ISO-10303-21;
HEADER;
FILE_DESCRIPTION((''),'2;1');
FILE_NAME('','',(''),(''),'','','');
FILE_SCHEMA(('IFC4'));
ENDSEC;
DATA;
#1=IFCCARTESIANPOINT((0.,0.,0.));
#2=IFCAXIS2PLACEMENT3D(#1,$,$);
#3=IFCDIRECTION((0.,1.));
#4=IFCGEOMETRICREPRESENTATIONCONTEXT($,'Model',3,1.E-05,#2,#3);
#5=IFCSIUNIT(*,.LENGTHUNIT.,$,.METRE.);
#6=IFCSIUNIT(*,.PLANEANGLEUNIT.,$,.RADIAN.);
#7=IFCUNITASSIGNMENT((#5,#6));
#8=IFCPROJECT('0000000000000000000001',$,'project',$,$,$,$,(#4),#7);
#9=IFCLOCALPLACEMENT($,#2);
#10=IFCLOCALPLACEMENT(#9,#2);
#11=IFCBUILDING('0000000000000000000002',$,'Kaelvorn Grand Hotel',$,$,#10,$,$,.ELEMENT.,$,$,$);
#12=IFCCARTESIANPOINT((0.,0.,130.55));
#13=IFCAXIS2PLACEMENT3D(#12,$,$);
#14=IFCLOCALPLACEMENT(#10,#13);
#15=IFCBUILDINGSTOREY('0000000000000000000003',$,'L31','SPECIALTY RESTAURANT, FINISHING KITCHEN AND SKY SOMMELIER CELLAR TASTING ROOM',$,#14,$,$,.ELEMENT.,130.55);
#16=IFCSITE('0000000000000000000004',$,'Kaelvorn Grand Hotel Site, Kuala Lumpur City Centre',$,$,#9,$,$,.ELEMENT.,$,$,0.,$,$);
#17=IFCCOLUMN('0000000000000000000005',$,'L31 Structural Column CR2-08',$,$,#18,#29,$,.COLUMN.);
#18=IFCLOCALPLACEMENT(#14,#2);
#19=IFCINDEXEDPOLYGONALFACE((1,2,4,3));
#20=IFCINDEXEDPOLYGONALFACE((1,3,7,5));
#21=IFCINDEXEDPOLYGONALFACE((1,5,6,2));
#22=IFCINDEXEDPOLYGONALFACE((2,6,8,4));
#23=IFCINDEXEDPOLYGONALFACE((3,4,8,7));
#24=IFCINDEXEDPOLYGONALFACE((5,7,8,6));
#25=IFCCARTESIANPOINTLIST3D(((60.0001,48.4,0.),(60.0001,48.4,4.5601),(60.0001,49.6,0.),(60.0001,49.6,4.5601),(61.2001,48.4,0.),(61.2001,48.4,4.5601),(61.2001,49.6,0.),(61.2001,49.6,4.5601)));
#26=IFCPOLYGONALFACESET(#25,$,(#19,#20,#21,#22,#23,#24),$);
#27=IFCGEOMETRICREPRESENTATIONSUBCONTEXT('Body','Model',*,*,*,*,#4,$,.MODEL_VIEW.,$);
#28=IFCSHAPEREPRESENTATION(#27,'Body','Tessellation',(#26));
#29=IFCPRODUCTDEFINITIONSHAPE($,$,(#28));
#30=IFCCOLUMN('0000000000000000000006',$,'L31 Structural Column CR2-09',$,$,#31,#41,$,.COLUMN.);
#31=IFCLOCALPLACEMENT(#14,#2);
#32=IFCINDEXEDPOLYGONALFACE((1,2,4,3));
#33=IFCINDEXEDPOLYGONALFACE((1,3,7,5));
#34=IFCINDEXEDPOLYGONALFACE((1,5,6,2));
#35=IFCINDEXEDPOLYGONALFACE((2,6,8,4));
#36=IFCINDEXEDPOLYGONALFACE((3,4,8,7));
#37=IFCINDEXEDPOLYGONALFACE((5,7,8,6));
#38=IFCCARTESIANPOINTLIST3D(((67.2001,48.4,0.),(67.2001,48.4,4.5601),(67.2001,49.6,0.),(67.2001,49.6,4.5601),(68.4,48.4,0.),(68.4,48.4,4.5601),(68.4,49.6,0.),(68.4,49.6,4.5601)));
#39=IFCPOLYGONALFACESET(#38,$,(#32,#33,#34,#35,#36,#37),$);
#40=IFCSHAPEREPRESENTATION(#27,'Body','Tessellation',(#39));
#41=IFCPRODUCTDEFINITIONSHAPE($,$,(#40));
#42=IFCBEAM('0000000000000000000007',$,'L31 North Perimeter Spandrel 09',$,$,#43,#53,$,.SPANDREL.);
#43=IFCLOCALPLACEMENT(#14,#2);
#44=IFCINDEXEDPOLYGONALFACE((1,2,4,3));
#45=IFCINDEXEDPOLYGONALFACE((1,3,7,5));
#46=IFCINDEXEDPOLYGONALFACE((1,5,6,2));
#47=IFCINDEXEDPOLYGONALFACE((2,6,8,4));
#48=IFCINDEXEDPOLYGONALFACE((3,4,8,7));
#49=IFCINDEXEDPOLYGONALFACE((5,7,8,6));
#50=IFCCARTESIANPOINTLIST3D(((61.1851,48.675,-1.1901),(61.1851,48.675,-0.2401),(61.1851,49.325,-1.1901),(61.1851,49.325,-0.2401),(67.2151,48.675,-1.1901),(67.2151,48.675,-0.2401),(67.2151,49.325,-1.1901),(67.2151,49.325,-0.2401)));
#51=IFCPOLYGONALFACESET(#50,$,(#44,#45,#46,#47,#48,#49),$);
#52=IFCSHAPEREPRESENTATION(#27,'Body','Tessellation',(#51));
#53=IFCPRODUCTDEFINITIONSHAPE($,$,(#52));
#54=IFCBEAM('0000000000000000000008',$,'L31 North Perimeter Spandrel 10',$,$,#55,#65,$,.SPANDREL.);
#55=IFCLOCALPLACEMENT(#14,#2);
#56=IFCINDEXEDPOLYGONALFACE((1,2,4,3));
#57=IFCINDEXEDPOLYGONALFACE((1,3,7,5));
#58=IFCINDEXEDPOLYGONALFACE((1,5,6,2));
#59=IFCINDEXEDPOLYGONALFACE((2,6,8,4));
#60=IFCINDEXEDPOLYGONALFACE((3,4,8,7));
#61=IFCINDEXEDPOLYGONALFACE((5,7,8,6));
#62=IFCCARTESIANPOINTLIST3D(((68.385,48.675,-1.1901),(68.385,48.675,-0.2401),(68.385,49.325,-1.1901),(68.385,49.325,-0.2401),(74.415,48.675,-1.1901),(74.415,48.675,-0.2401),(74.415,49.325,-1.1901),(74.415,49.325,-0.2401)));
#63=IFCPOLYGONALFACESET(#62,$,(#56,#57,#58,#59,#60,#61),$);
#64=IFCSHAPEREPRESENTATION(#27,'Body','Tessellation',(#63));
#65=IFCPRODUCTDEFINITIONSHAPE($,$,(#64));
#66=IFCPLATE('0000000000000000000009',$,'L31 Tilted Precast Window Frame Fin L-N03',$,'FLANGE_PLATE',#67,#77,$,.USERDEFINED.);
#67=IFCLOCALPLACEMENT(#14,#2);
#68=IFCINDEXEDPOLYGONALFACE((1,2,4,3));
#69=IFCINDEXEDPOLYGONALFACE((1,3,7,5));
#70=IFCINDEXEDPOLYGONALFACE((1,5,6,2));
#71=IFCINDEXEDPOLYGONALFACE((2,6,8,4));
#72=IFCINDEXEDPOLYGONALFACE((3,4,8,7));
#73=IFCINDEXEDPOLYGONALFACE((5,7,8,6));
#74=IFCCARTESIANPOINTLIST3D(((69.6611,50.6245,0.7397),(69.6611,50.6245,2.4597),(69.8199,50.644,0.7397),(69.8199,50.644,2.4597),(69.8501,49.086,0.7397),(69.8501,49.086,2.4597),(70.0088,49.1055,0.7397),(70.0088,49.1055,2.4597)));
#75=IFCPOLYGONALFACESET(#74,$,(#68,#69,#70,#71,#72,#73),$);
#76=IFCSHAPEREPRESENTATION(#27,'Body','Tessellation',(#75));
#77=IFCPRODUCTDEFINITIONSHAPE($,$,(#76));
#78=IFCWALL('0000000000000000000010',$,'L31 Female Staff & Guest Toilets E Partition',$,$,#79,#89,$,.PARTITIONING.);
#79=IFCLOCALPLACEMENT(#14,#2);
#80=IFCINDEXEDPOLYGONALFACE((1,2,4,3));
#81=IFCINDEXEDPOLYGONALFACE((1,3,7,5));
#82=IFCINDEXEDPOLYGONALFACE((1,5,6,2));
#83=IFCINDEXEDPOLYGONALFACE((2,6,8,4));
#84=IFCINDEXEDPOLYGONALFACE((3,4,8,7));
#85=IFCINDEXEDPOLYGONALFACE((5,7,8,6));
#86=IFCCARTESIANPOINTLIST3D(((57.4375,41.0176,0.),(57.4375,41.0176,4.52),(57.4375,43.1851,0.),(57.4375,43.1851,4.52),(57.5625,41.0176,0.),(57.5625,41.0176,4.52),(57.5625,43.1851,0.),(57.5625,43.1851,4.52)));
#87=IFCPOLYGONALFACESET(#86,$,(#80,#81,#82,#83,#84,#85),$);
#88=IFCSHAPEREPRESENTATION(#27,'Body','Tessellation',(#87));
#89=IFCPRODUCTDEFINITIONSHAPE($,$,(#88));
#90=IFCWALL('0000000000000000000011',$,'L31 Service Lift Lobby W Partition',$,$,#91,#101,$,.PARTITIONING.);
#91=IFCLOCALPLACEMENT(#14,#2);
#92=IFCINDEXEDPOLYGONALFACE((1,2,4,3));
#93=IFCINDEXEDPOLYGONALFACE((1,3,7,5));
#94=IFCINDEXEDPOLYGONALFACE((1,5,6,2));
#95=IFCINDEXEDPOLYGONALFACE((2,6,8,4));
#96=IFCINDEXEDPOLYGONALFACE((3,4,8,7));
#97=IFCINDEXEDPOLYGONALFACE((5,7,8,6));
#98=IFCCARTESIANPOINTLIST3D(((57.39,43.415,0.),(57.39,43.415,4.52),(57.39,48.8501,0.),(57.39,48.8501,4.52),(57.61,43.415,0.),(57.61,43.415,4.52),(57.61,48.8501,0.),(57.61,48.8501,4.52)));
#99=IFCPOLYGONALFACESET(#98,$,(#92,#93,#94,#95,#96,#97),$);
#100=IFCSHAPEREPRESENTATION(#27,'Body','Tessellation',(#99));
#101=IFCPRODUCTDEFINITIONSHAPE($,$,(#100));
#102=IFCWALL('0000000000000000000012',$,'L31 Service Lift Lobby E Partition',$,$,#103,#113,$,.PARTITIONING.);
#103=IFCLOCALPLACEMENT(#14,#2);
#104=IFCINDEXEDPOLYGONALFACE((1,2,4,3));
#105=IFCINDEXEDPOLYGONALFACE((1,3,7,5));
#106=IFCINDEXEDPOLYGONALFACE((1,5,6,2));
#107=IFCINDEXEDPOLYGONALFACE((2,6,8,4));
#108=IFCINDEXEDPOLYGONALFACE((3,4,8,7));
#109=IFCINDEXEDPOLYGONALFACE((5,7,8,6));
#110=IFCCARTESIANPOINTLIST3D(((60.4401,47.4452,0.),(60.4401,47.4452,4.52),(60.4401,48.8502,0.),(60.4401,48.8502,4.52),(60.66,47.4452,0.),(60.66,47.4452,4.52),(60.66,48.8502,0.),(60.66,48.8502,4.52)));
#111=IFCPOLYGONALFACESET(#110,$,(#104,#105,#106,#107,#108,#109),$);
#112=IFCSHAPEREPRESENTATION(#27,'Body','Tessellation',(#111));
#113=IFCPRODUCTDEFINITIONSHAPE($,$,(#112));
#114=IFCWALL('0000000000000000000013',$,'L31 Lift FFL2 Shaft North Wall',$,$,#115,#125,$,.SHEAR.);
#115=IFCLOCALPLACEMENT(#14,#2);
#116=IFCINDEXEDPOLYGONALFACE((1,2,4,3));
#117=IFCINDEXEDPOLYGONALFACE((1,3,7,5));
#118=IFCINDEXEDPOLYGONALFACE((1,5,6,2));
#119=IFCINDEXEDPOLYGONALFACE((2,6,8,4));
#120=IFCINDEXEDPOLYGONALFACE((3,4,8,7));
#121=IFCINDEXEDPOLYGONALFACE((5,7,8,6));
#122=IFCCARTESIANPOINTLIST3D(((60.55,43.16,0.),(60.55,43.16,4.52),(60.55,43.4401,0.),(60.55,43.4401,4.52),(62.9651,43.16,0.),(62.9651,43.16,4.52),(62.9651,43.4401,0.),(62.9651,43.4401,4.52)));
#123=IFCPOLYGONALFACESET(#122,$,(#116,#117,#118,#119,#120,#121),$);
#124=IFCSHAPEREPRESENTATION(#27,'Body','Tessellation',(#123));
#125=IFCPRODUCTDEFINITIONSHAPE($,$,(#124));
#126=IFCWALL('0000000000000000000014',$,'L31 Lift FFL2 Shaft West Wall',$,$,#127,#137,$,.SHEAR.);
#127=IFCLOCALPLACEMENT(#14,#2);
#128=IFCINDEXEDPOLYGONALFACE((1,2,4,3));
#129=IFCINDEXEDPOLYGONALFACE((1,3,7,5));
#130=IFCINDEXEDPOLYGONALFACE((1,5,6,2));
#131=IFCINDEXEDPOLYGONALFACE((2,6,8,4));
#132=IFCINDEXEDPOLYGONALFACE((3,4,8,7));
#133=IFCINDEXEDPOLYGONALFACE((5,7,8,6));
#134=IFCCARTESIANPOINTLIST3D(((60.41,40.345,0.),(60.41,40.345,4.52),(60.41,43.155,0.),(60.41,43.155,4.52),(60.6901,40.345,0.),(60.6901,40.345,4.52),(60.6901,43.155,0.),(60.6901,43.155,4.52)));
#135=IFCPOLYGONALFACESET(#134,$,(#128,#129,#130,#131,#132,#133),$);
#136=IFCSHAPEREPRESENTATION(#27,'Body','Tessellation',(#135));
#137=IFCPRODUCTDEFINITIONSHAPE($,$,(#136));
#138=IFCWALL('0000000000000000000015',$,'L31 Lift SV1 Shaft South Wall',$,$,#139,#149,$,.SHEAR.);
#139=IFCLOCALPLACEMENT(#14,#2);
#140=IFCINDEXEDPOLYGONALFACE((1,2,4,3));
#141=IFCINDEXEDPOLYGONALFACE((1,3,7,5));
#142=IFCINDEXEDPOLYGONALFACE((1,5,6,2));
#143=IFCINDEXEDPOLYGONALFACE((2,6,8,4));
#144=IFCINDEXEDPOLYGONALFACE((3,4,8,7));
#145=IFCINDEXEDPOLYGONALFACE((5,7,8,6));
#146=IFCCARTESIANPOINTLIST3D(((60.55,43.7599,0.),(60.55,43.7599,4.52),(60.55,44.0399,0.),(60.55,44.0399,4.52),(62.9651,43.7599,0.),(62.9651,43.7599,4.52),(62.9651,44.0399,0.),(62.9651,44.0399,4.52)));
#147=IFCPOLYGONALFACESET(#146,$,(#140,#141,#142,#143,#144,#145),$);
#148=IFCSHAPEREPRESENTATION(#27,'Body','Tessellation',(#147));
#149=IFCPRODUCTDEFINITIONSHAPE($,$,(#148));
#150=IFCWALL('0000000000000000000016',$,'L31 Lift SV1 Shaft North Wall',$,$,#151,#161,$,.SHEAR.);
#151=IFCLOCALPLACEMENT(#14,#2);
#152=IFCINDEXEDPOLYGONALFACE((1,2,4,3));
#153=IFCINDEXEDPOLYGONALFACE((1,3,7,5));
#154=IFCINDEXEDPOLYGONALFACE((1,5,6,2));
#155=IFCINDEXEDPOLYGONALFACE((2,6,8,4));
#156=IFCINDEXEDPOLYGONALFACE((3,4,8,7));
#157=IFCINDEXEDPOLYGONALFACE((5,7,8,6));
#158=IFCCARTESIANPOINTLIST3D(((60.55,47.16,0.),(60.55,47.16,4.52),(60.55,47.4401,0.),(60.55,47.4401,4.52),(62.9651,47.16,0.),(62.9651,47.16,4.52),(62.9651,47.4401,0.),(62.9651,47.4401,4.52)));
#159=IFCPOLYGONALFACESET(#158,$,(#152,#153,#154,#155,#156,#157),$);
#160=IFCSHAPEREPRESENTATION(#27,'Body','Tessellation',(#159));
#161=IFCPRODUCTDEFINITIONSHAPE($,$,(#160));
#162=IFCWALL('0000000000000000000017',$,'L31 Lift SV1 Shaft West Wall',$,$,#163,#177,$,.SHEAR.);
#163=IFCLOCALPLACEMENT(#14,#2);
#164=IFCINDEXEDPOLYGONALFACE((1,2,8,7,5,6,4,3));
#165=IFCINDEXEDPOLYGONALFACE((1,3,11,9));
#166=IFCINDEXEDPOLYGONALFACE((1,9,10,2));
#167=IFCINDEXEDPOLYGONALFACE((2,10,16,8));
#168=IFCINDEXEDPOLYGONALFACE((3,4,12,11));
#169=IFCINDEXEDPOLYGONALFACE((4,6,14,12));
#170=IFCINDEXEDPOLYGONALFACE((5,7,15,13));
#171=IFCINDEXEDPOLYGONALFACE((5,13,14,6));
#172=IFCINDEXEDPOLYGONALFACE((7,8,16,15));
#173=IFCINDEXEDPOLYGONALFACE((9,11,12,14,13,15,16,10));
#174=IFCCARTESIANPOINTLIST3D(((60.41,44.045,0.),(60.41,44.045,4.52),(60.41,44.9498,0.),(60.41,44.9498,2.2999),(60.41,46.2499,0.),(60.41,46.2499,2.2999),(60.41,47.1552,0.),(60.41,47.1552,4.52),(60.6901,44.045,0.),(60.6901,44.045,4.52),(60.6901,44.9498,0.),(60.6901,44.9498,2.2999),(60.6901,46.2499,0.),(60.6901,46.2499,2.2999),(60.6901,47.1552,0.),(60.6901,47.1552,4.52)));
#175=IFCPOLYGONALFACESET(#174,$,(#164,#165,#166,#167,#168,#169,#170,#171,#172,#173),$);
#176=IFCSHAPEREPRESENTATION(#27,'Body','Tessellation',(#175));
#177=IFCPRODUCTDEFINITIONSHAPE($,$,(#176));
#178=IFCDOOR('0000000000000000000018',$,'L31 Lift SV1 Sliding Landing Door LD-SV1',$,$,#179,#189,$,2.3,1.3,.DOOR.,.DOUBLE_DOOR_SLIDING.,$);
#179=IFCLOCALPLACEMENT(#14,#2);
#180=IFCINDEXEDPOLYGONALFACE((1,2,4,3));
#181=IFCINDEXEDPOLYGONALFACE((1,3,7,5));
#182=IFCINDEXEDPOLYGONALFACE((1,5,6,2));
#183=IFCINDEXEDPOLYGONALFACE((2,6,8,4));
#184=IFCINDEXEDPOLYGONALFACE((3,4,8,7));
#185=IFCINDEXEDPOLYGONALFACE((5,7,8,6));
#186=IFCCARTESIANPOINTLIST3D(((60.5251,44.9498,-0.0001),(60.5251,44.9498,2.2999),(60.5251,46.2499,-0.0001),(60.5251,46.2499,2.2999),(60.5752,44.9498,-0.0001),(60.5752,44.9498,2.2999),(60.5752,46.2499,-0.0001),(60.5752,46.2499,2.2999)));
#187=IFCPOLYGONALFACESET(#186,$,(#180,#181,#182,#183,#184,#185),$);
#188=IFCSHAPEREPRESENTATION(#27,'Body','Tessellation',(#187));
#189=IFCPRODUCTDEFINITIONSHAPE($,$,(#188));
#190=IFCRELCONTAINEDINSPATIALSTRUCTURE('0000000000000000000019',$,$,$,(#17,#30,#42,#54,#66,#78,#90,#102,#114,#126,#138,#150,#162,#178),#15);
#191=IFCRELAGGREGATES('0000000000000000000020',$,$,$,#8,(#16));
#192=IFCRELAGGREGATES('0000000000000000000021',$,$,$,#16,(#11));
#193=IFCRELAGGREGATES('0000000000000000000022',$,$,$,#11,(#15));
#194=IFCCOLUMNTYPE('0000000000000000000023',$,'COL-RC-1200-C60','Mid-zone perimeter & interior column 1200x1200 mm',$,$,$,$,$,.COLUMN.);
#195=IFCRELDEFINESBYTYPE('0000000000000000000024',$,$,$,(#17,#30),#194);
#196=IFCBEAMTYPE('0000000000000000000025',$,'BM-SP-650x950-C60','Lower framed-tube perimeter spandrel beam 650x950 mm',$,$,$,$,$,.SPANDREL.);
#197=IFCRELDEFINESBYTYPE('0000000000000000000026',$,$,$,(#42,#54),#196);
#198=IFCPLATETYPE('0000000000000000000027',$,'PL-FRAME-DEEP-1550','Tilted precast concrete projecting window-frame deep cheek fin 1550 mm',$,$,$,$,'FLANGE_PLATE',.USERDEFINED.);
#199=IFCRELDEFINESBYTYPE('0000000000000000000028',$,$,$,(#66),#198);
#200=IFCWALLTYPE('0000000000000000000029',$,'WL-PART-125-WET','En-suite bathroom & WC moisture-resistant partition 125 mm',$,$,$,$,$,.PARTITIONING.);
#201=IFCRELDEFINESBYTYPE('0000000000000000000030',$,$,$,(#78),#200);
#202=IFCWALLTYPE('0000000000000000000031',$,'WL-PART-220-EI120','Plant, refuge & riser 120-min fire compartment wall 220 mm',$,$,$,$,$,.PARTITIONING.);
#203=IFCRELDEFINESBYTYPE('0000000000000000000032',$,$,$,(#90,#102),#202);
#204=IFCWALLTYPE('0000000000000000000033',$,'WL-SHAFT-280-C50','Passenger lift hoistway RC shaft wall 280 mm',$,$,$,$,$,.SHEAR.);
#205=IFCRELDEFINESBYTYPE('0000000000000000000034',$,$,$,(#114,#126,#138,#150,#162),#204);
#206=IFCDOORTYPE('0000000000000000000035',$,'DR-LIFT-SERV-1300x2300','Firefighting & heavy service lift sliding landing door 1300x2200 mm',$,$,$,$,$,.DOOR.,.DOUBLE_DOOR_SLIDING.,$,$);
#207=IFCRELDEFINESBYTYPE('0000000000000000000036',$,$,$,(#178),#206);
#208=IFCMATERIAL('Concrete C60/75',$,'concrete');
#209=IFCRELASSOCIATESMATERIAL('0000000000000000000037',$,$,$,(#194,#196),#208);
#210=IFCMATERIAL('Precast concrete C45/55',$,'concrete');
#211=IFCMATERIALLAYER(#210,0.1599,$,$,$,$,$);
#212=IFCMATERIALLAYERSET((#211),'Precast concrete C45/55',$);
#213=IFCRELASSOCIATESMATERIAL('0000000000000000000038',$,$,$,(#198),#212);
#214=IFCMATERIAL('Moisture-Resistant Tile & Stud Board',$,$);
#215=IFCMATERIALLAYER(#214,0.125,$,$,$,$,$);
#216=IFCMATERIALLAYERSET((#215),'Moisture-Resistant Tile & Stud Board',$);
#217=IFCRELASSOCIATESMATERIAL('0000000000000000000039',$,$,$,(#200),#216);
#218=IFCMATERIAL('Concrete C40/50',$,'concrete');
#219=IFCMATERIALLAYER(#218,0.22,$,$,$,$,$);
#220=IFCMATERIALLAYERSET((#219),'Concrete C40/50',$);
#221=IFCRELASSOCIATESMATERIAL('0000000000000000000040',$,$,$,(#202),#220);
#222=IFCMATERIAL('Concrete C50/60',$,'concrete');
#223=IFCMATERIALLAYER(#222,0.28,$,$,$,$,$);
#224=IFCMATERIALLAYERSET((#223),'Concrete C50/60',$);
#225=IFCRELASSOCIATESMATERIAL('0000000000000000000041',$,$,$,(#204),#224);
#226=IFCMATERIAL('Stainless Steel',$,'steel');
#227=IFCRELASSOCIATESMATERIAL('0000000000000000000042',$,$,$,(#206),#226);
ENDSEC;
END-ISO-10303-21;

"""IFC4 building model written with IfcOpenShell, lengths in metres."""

from ifc_helpers import new_model, si_unit, direction, frame, frame_2d, origin, origin_2d, place, context, subcontext, project, spatial, rectangle, extrude, material, layer, layer_set, material_profile, profile_set, type_object, element, fill, save


model = new_model("IFC4")

# Units and contexts
model_context = context("Model", 3, precision=1e-05, world=origin(), true_north=direction((0.0, 1.0)))
body_context = subcontext(model_context, "Body", "Model", "MODEL_VIEW")
ifc_project = project(units=[si_unit("LENGTHUNIT", "METRE"), si_unit("PLANEANGLEUNIT", "RADIAN")], contexts=[model_context])

# Site, building, storey
site_placement = place(None, origin())
site = spatial("IfcSite", under=ifc_project, at=site_placement, Name="Kaelvorn Grand Hotel Site, Kuala Lumpur City Centre", CompositionType="ELEMENT", RefElevation=0.0)
building_placement = place(site_placement, origin())
building = spatial("IfcBuilding", under=site, at=building_placement, Name="Kaelvorn Grand Hotel", CompositionType="ELEMENT")
storey_placement = place(building_placement, frame((0.0, 0.0, 130.55)))
storey = spatial("IfcBuildingStorey", under=building, at=storey_placement, Name="L31", Description="SPECIALTY RESTAURANT, FINISHING KITCHEN AND SKY SOMMELIER CELLAR TASTING ROOM", CompositionType="ELEMENT", Elevation=130.55)

# Columns
ifc_material_1 = material(Name="Concrete C60/75", Category="concrete")
ifc_material_profile_1 = material_profile(ifc_material_1, rectangle(XDim=1.2, YDim=1.2, at=origin_2d()), Name="RC COL 1200x1200")
ifc_profile_set_1 = profile_set([ifc_material_profile_1], Name="Concrete C60/75")
column_type = type_object("IfcColumnType", Name="COL-RC-1200-C60", Description="Mid-zone perimeter & interior column 1200x1200 mm", PredefinedType="COLUMN", material=ifc_profile_set_1)
for number, where, z_axis, x_axis, name in (
    (1, (60.6001, 49.0, 0.0), (0.0, 0.0, 1.0), (1.0, 0.0, 0.0), "L31 Structural Column CR2-08"),
    (2, (67.8, 49.0, 0.0), (0.0, 0.0, 1.0), (1.0, 0.0, 0.0), "L31 Structural Column CR2-09"),
):
    element("IfcColumn", number, at=place(storey_placement, frame(where, z_axis=z_axis, x_axis=x_axis)), inside=storey, type_object=column_type, Name=name, PredefinedType="COLUMN", context=body_context, shape_type="SweptSolid", body=[
        extrude(rectangle(XDim=1.2, YDim=1.2, at=origin_2d()), origin(), (0.0, 0.0, 1.0), 4.5601),
    ])

# Beams
ifc_material_profile_2 = material_profile(ifc_material_1, rectangle(XDim=0.6499, YDim=0.95, at=origin_2d()), Name="RC SPANDREL 650x950")
ifc_profile_set_2 = profile_set([ifc_material_profile_2], Name="Concrete C60/75")
beam_type = type_object("IfcBeamType", Name="BM-SP-650x950-C60", Description="Lower framed-tube perimeter spandrel beam 650x950 mm", PredefinedType="SPANDREL", material=ifc_profile_set_2)
for number, where, z_axis, x_axis, name in (
    (3, (61.1851, 49.0, -0.7151), (1.0, 0.0, 0.0), (0.0, 1.0, 0.0), "L31 North Perimeter Spandrel 09"),
    (4, (68.385, 49.0, -0.7151), (1.0, 0.0, 0.0), (0.0, 1.0, 0.0), "L31 North Perimeter Spandrel 10"),
):
    element("IfcBeam", number, at=place(storey_placement, frame(where, z_axis=z_axis, x_axis=x_axis)), inside=storey, type_object=beam_type, Name=name, PredefinedType="SPANDREL", context=body_context, shape_type="SweptSolid", body=[
        extrude(rectangle(XDim=0.6499, YDim=0.95, at=origin_2d()), origin(), (0.0, 0.0, 1.0), 6.03),
    ])

# Plate
ifc_material_2 = material(Name="Precast concrete C45/55", Category="concrete")
ifc_layer_1 = layer(ifc_material_2, 0.1599)
ifc_layer_set_1 = layer_set([ifc_layer_1], Name="Precast concrete C45/55")
plate_type = type_object("IfcPlateType", Name="PL-FRAME-DEEP-1550", Description="Tilted precast concrete projecting window-frame deep cheek fin 1550 mm", ElementType="FLANGE_PLATE", PredefinedType="USERDEFINED", material=ifc_layer_set_1)
plate_placement = place(storey_placement, frame((69.835, 49.865, 0.7397), z_axis=(0.0, 0.0, 1.0), x_axis=(0.992546, 0.121869, 0.0)))
element("IfcPlate", 5, at=plate_placement, inside=storey, type_object=plate_type, Name="L31 Tilted Precast Window Frame Fin L-N03", ObjectType="FLANGE_PLATE", PredefinedType="USERDEFINED", context=body_context, shape_type="SweptSolid", body=[
    extrude(rectangle(XDim=0.1599, YDim=1.55, at=origin_2d()), origin(), (0.0, 0.0, 1.0), 1.72),
])

# Wall
ifc_material_3 = material(Name="Moisture-Resistant Tile & Stud Board")
ifc_layer_2 = layer(ifc_material_3, 0.125)
ifc_layer_set_2 = layer_set([ifc_layer_2], Name="Moisture-Resistant Tile & Stud Board")
wall_type_1 = type_object("IfcWallType", Name="WL-PART-125-WET", Description="En-suite bathroom & WC moisture-resistant partition 125 mm", PredefinedType="PARTITIONING", material=ifc_layer_set_2)
wall_1_placement = place(storey_placement, frame((57.5, 41.0176, 0.0), z_axis=(0.0, 0.0, 1.0), x_axis=(0.0, 1.0, 0.0)))
element("IfcWall", 6, at=wall_1_placement, inside=storey, type_object=wall_type_1, Name="L31 Female Staff & Guest Toilets E Partition", PredefinedType="PARTITIONING", context=body_context, shape_type="SweptSolid", body=[
    extrude(rectangle(XDim=2.1675, YDim=0.125, at=frame_2d((1.0837, 0.0))), origin(), (0.0, 0.0, 1.0), 4.52),
])

# Shared definitions
ifc_material_4 = material(Name="Concrete C40/50", Category="concrete")
ifc_layer_3 = layer(ifc_material_4, 0.22)
ifc_layer_set_3 = layer_set([ifc_layer_3], Name="Concrete C40/50")
wall_type_2 = type_object("IfcWallType", Name="WL-PART-220-EI120", Description="Plant, refuge & riser 120-min fire compartment wall 220 mm", PredefinedType="PARTITIONING", material=ifc_layer_set_3)

# Walls
wall_2_placement = place(storey_placement, frame((57.5, 43.415, 0.0), z_axis=(0.0, 0.0, 1.0), x_axis=(0.0, 1.0, 0.0)))
element("IfcWall", 7, at=wall_2_placement, inside=storey, type_object=wall_type_2, Name="L31 Service Lift Lobby W Partition", PredefinedType="PARTITIONING", context=body_context, shape_type="SweptSolid", body=[
    extrude(rectangle(XDim=5.4351, YDim=0.22, at=frame_2d((2.7175, 0.0))), origin(), (0.0, 0.0, 1.0), 4.52),
])
wall_3_placement = place(storey_placement, frame((60.55, 47.4451, 0.0), z_axis=(0.0, 0.0, 1.0), x_axis=(0.0, 1.0, 0.0)))
element("IfcWall", 8, at=wall_3_placement, inside=storey, type_object=wall_type_2, Name="L31 Service Lift Lobby E Partition", PredefinedType="PARTITIONING", context=body_context, shape_type="SweptSolid", body=[
    extrude(rectangle(XDim=1.405, YDim=0.22, at=frame_2d((0.7026, 0.0))), origin(), (0.0, 0.0, 1.0), 4.52),
])
ifc_material_5 = material(Name="Concrete C50/60", Category="concrete")
ifc_layer_4 = layer(ifc_material_5, 0.28)
ifc_layer_set_4 = layer_set([ifc_layer_4], Name="Concrete C50/60")
wall_type_3 = type_object("IfcWallType", Name="WL-SHAFT-280-C50", Description="Passenger lift hoistway RC shaft wall 280 mm", PredefinedType="SHEAR", material=ifc_layer_set_4)
wall_4_placement = place(storey_placement, frame((60.55, 43.3, 0.0), z_axis=(0.0, 0.0, 1.0), x_axis=(1.0, 0.0, 0.0)))
element("IfcWall", 9, at=wall_4_placement, inside=storey, type_object=wall_type_3, Name="L31 Lift FFL2 Shaft North Wall", PredefinedType="SHEAR", context=body_context, shape_type="SweptSolid", body=[
    extrude(rectangle(XDim=2.415, YDim=0.28, at=frame_2d((1.2075, 0.0))), origin(), (0.0, 0.0, 1.0), 4.52),
])
wall_5_placement = place(storey_placement, frame((60.55, 40.345, 0.0), z_axis=(0.0, 0.0, 1.0), x_axis=(0.0, 1.0, 0.0)))
element("IfcWall", 10, at=wall_5_placement, inside=storey, type_object=wall_type_3, Name="L31 Lift FFL2 Shaft West Wall", PredefinedType="SHEAR", context=body_context, shape_type="SweptSolid", body=[
    extrude(rectangle(XDim=2.8101, YDim=0.28, at=frame_2d((1.405, 0.0))), origin(), (0.0, 0.0, 1.0), 4.52),
])
for number, where, z_axis, x_axis, name in (
    (11, (60.55, 43.8999, 0.0), (0.0, 0.0, 1.0), (1.0, 0.0, 0.0), "L31 Lift SV1 Shaft South Wall"),
    (12, (60.55, 47.3, 0.0), (0.0, 0.0, 1.0), (1.0, 0.0, 0.0), "L31 Lift SV1 Shaft North Wall"),
):
    element("IfcWall", number, at=place(storey_placement, frame(where, z_axis=z_axis, x_axis=x_axis)), inside=storey, type_object=wall_type_3, Name=name, PredefinedType="SHEAR", context=body_context, shape_type="SweptSolid", body=[
        extrude(rectangle(XDim=2.415, YDim=0.28, at=frame_2d((1.2075, 0.0))), origin(), (0.0, 0.0, 1.0), 4.52),
    ])

# Wall, opening, door
wall_6_placement = place(storey_placement, frame((60.55, 44.0449, 0.0), z_axis=(0.0, 0.0, 1.0), x_axis=(0.0, 1.0, 0.0)))
wall_6 = element("IfcWall", 13, at=wall_6_placement, inside=storey, type_object=wall_type_3, Name="L31 Lift SV1 Shaft West Wall", PredefinedType="SHEAR", context=body_context, shape_type="SweptSolid", body=[
    extrude(rectangle(XDim=3.1101, YDim=0.28, at=frame_2d((1.5552, 0.0))), origin(), (0.0, 0.0, 1.0), 4.52),
])
opening_1_placement = place(wall_6_placement, frame((0.905, 0.0, 0.0)))
opening_1 = element("IfcOpeningElement", 14, at=opening_1_placement, cuts=wall_6, PredefinedType="OPENING", context=body_context, shape_type="SweptSolid", body=[
    extrude(rectangle(XDim=1.3, YDim=2.3, at=frame_2d((0.6499, 1.1499))), frame((0.0, 0.1499, 0.0), z_axis=(0.0, -1.0, 0.0), x_axis=(1.0, 0.0, 0.0)), (0.0, 0.0, 1.0), 0.3),
])
ifc_material_6 = material(Name="Stainless Steel", Category="steel")
door_type_1 = type_object("IfcDoorType", Name="DR-LIFT-SERV-1300x2300", Description="Firefighting & heavy service lift sliding landing door 1300x2200 mm", OperationType="DOUBLE_DOOR_SLIDING", PredefinedType="DOOR", material=ifc_material_6)
door_1_placement = place(opening_1_placement, origin())
door_1 = element("IfcDoor", 15, at=door_1_placement, inside=storey, type_object=door_type_1, Name="L31 Lift SV1 Sliding Landing Door LD-SV1", OperationType="DOUBLE_DOOR_SLIDING", OverallHeight=2.3, OverallWidth=1.3, PredefinedType="DOOR", context=body_context, shape_type="SweptSolid", body=[
    extrude(rectangle(XDim=1.3, YDim=2.3, at=frame_2d((0.6499, 1.1499))), frame((0.0, 0.0249, 0.0), z_axis=(0.0, -1.0, 0.0), x_axis=(1.0, 0.0, 0.0)), (0.0, 0.0, 1.0), 0.05),
])
fill(opening_1, door_1)

save(model, "model.ifc")
